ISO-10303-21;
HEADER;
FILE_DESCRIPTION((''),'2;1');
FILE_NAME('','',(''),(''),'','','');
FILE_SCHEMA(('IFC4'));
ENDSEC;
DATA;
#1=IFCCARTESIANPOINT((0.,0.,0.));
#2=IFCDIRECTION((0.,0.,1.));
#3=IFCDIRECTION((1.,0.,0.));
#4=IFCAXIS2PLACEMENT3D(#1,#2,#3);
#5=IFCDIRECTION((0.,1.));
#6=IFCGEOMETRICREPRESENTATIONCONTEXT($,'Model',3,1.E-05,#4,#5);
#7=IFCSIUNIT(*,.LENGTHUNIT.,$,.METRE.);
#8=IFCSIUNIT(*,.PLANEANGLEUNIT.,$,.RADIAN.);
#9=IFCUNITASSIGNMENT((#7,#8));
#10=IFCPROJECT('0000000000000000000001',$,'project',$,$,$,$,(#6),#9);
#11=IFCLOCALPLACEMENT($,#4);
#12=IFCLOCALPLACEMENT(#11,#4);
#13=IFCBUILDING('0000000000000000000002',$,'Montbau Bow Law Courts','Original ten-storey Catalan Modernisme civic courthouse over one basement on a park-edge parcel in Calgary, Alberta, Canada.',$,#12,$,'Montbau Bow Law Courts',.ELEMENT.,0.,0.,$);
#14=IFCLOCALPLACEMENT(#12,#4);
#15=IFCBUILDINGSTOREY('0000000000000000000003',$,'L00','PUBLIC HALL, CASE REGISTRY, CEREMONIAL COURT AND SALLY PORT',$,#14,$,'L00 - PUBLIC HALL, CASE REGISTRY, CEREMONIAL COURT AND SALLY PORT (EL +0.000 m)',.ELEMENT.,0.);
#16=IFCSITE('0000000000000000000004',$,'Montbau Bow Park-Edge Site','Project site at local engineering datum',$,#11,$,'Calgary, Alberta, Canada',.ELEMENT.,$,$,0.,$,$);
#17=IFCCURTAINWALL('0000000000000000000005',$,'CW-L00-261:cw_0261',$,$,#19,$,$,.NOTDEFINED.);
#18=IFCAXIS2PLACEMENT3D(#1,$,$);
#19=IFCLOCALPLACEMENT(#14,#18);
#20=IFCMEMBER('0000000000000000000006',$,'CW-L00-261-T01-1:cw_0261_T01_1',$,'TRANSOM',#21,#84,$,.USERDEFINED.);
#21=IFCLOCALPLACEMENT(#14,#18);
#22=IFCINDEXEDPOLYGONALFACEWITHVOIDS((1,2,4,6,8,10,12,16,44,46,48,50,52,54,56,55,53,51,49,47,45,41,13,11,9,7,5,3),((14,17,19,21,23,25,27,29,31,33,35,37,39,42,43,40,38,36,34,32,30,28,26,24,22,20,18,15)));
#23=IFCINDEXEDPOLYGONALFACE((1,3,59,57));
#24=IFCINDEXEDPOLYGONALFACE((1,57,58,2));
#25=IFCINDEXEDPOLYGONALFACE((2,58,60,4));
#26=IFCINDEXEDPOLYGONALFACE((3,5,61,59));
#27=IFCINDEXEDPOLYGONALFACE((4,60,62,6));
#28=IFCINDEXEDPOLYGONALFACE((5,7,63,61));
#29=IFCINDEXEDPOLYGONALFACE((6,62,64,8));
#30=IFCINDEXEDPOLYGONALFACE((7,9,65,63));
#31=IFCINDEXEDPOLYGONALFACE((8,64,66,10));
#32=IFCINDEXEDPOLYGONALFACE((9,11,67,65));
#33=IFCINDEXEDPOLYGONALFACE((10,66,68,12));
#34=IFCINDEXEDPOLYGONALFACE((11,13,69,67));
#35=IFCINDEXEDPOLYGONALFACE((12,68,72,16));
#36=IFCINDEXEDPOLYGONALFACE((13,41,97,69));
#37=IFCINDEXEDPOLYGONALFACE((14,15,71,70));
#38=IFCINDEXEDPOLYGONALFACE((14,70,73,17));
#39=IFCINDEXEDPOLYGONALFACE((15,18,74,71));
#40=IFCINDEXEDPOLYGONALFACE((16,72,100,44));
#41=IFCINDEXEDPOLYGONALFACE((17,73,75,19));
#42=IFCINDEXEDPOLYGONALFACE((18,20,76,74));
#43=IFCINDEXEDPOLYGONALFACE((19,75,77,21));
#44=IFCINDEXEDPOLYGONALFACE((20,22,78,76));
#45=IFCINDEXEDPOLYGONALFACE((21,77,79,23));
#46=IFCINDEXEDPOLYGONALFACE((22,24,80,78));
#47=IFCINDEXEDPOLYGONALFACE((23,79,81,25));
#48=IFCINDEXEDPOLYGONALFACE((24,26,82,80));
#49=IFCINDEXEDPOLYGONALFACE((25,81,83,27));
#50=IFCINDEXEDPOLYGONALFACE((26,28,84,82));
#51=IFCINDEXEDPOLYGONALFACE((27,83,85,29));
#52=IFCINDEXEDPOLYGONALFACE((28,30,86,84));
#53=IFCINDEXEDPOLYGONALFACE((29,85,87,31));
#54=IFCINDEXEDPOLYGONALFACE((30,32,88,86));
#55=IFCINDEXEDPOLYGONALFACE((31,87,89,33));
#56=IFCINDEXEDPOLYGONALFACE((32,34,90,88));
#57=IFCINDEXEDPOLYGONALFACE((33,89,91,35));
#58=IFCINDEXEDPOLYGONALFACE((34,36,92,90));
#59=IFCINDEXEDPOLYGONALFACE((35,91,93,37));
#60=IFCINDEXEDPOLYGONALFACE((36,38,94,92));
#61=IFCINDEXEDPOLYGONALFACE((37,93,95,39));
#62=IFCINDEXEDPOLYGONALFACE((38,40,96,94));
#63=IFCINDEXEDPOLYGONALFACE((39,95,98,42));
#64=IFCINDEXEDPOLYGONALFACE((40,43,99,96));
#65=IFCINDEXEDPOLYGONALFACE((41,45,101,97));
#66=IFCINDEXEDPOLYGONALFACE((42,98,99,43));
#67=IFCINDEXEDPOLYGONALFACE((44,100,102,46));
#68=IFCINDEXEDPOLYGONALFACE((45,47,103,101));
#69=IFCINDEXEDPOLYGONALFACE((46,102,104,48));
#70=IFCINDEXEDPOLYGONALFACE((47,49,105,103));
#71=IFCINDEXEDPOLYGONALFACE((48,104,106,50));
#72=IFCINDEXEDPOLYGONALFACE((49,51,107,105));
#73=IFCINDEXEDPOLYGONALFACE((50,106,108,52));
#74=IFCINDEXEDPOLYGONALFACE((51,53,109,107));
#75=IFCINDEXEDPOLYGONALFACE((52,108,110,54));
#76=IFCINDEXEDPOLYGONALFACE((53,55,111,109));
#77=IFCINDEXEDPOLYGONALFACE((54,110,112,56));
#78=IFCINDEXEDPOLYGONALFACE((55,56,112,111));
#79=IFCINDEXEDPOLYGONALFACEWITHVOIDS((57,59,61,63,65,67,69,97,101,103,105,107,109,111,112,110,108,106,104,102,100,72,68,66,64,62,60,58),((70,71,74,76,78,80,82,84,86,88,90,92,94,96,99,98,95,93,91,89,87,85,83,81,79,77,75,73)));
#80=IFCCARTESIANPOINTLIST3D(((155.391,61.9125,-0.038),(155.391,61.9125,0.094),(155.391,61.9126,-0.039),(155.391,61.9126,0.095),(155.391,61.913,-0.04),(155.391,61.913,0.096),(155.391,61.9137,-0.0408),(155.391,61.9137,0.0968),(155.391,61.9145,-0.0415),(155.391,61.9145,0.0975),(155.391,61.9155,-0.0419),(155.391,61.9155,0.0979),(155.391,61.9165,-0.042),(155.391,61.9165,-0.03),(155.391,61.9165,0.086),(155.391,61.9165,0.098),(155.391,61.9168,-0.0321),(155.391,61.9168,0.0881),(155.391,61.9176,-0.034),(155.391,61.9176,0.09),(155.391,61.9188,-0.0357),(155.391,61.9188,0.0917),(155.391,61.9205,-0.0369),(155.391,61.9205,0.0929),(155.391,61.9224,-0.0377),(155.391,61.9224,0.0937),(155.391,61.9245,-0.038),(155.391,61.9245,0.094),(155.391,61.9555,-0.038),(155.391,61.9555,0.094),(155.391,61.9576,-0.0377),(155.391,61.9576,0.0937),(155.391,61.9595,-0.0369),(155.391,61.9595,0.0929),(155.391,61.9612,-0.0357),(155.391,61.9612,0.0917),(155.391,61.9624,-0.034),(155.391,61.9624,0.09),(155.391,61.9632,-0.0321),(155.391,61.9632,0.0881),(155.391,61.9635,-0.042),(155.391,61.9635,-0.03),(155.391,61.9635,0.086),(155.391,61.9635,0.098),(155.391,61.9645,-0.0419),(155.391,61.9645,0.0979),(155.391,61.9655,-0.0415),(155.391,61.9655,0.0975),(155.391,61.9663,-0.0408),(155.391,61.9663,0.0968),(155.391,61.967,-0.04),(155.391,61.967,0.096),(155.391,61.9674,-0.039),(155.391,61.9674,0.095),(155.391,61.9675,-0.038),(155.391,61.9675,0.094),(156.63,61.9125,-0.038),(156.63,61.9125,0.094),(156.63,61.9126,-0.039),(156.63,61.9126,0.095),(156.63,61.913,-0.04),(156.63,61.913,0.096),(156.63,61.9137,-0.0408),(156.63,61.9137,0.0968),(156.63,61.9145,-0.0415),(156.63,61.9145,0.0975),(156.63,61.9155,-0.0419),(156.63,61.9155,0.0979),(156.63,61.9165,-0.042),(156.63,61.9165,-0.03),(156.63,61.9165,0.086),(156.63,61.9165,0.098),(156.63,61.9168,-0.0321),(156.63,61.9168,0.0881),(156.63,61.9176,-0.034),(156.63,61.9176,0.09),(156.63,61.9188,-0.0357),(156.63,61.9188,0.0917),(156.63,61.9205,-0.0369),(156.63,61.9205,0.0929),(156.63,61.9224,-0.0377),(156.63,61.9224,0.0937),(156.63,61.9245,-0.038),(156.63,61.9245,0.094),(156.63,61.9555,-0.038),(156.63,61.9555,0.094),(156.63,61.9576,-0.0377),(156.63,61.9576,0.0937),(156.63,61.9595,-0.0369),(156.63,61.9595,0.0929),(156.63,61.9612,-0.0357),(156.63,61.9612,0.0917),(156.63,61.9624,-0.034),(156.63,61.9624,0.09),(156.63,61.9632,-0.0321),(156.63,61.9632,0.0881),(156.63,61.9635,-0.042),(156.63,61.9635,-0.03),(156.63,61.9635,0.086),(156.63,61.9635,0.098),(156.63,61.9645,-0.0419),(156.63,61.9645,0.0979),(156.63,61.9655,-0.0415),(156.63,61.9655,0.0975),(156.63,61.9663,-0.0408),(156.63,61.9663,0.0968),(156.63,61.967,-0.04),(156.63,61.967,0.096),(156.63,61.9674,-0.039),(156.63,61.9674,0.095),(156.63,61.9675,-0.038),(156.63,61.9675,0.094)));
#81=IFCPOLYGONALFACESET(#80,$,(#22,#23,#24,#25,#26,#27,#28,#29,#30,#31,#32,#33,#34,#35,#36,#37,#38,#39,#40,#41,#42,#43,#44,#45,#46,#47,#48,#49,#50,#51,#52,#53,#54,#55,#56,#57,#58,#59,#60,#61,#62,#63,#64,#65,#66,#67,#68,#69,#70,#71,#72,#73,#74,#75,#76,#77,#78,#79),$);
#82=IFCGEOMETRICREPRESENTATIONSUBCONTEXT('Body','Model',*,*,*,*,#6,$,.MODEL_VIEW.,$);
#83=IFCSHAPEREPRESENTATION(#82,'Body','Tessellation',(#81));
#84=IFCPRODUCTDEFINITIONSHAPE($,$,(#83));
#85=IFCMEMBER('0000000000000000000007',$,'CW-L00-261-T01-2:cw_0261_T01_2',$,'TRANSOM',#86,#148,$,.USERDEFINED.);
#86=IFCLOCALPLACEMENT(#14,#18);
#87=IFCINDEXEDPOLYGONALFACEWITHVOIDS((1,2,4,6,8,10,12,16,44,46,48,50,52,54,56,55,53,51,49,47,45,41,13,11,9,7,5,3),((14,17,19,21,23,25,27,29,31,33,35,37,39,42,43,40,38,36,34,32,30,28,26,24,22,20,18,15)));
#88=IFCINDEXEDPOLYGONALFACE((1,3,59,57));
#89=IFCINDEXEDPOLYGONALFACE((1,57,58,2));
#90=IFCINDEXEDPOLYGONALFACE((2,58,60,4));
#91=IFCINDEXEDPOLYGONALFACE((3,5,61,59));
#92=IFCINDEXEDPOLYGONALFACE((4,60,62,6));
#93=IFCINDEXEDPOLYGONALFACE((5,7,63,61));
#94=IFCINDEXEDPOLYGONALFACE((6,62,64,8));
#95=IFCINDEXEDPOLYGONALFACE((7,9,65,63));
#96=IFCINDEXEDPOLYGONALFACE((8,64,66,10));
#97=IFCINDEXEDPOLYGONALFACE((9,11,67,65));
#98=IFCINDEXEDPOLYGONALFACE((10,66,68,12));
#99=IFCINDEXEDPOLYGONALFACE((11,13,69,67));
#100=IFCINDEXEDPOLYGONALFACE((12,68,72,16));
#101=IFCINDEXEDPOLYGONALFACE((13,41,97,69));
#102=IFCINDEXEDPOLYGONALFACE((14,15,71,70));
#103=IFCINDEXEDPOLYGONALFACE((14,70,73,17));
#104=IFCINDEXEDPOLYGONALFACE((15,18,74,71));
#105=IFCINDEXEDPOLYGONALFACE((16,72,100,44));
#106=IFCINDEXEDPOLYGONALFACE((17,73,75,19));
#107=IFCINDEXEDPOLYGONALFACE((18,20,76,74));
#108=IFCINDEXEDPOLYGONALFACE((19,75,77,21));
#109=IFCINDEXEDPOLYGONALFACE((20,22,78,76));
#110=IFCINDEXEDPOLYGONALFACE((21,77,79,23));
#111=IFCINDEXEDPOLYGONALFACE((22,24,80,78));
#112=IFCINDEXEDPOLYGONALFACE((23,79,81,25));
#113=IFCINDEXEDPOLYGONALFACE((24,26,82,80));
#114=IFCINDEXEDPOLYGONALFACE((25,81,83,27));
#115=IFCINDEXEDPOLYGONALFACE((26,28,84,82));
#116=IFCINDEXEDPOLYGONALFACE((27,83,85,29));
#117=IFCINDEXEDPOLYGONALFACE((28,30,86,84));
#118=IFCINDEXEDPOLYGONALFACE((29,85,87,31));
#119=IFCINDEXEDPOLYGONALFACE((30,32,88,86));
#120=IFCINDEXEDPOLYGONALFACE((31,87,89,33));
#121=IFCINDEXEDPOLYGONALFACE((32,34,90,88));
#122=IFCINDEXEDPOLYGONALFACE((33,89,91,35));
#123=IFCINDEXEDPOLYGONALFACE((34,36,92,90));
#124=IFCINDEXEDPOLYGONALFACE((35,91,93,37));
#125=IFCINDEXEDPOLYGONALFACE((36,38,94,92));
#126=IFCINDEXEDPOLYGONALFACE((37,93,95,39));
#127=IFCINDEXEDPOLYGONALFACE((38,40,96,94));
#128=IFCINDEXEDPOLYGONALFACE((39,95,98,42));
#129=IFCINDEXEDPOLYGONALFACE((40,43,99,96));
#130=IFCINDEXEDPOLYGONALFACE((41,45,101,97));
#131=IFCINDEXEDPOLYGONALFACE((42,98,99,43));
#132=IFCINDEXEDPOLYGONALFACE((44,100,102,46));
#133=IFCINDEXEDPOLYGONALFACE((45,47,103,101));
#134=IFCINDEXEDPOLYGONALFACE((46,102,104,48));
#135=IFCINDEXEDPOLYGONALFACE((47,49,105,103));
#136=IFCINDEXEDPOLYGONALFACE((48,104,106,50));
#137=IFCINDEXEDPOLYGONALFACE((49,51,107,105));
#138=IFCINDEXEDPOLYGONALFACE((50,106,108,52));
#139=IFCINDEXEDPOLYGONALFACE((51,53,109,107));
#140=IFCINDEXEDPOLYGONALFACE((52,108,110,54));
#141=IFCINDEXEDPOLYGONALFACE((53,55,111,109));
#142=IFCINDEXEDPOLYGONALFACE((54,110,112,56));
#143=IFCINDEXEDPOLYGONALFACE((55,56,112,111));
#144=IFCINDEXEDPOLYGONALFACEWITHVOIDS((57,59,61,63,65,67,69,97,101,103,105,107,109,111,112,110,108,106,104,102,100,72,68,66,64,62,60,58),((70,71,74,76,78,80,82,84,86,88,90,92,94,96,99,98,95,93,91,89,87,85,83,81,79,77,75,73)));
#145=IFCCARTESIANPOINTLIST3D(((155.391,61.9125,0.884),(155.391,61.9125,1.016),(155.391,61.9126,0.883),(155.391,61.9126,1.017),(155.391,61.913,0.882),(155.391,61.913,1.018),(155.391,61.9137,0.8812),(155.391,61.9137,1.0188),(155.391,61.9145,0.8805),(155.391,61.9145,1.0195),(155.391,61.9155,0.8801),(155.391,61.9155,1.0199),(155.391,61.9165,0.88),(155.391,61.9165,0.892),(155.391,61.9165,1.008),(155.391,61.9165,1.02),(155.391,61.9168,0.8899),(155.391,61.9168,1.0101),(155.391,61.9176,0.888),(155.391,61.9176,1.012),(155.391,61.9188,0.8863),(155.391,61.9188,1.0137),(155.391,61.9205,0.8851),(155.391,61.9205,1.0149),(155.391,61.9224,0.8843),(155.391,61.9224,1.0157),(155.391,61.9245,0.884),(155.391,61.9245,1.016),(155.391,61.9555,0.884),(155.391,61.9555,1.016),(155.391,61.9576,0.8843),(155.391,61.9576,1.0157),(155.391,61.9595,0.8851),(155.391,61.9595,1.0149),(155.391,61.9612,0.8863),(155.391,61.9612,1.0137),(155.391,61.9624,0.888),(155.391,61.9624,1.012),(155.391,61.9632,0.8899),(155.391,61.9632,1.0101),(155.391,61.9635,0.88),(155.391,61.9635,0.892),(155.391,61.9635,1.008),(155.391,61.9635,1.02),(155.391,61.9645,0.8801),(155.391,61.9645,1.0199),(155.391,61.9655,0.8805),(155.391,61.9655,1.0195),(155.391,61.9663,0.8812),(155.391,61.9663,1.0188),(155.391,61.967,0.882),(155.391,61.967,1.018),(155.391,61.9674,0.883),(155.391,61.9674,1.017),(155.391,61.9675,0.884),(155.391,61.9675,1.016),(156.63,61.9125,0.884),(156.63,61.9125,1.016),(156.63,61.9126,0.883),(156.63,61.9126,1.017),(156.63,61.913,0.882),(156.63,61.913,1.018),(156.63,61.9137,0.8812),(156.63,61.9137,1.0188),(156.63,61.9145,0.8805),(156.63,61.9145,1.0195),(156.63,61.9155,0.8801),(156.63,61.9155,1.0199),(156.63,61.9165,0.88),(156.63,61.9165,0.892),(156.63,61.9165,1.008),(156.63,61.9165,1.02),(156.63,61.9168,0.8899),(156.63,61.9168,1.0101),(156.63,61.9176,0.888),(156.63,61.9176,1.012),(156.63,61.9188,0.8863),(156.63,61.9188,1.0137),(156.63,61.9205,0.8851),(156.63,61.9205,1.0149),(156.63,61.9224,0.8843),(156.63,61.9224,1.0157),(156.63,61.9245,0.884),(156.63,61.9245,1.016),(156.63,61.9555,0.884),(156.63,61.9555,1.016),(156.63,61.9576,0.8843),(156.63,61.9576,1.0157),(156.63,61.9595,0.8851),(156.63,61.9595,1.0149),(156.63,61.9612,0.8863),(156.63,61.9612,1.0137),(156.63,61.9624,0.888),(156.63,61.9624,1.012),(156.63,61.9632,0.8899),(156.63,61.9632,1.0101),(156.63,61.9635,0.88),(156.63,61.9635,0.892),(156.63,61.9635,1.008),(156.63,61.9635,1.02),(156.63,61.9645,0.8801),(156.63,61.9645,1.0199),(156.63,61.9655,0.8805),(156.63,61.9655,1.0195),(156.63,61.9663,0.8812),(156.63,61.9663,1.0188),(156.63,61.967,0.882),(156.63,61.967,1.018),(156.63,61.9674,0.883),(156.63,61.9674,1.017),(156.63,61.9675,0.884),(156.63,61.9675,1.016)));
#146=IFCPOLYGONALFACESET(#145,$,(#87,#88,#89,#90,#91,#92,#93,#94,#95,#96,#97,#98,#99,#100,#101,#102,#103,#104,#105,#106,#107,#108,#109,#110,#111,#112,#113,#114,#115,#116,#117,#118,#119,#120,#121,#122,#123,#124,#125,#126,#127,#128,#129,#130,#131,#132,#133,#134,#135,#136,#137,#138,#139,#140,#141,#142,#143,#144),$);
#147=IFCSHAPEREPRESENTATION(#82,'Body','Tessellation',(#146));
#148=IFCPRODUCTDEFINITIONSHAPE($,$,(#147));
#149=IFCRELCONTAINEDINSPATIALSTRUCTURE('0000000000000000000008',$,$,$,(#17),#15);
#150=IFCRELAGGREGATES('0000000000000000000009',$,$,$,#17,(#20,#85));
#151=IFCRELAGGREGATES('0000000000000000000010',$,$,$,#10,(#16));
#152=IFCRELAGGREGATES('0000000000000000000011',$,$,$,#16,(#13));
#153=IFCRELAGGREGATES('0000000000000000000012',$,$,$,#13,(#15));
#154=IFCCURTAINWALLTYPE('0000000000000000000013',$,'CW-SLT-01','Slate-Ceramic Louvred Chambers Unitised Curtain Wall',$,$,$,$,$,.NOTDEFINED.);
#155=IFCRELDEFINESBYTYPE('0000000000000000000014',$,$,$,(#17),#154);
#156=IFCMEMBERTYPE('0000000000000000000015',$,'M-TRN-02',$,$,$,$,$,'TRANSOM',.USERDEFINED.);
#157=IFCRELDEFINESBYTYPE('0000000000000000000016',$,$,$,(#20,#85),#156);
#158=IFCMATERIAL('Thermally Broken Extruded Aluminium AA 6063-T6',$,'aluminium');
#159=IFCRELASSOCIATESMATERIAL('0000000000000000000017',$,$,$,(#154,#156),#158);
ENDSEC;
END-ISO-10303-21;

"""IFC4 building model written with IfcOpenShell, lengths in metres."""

from ifc_helpers import new_model, si_unit, direction, frame, origin_with_axes, origin_2d_with_axis, place, context, subcontext, project, spatial, hollow_rectangle, extrude, material, material_profile, profile_set, type_object, element, aggregate, save


model = new_model("IFC4")

# Units and contexts
model_context = context("Model", 3, precision=1e-05, world=origin_with_axes(), true_north=direction((0.0, 1.0)))
body_context = subcontext(model_context, "Body", "Model", "MODEL_VIEW")
ifc_project = project(units=[si_unit("LENGTHUNIT", "METRE"), si_unit("PLANEANGLEUNIT", "RADIAN")], contexts=[model_context])

# Site, building, storey
site_placement = place(None, origin_with_axes())
site = spatial("IfcSite", under=ifc_project, at=site_placement, Name="Montbau Bow Park-Edge Site", Description="Project site at local engineering datum", LongName="Calgary, Alberta, Canada", CompositionType="ELEMENT", RefElevation=0.0)
building_placement = place(site_placement, origin_with_axes())
building = spatial("IfcBuilding", under=site, at=building_placement, Name="Montbau Bow Law Courts", Description="Original ten-storey Catalan Modernisme civic courthouse over one basement on a park-edge parcel in Calgary, Alberta, Canada.", LongName="Montbau Bow Law Courts", CompositionType="ELEMENT", ElevationOfRefHeight=0.0, ElevationOfTerrain=0.0)
storey_placement = place(building_placement, origin_with_axes())
storey = spatial("IfcBuildingStorey", under=building, at=storey_placement, Name="L00", Description="PUBLIC HALL, CASE REGISTRY, CEREMONIAL COURT AND SALLY PORT", LongName="L00 - PUBLIC HALL, CASE REGISTRY, CEREMONIAL COURT AND SALLY PORT (EL +0.000 m)", CompositionType="ELEMENT", Elevation=0.0)

# Curtain wall
ifc_material_1 = material(Name="Thermally Broken Extruded Aluminium AA 6063-T6", Category="aluminium")
curtain_wall_type = type_object("IfcCurtainWallType", Name="CW-SLT-01", Description="Slate-Ceramic Louvred Chambers Unitised Curtain Wall", PredefinedType="NOTDEFINED", material=ifc_material_1)
curtain_wall_1_placement = place(None, frame((155.315, 61.94, 0.0), z_axis=(0.0, 0.0, 1.0), x_axis=(1.0, 0.0, 0.0)))
curtain_wall_1 = element("IfcCurtainWall", 1, at=curtain_wall_1_placement, inside=storey, type_object=curtain_wall_type, Name="CW-L00-261:cw_0261", PredefinedType="NOTDEFINED")

# Members
ifc_material_profile_1 = material_profile(ifc_material_1, hollow_rectangle(XDim=0.055, YDim=0.14, WallThickness=0.004, InnerFilletRadius=0.008, OuterFilletRadius=0.004, at=origin_2d_with_axis()), Name="CWT-140X55", Category="Main", Priority=0)
ifc_profile_set_1 = profile_set([ifc_material_profile_1], Name="Thermally Broken Extruded Aluminium AA 6063-T6")
member_type_1 = type_object("IfcMemberType", Name="M-TRN-02", ElementType="TRANSOM", PredefinedType="USERDEFINED", material=ifc_profile_set_1)
member_1_placement = place(None, frame((155.391, 61.94, 0.028), z_axis=(1.0, 0.0, 0.0), x_axis=(0.0, 1.0, 0.0)))
member_1 = element("IfcMember", 2, at=member_1_placement, type_object=member_type_1, Name="CW-L00-261-T01-1:cw_0261_T01_1", ObjectType="TRANSOM", PredefinedType="USERDEFINED", context=body_context, shape_type="SweptSolid", body=[
    extrude(hollow_rectangle(XDim=0.055, YDim=0.14, WallThickness=0.004, InnerFilletRadius=0.008, OuterFilletRadius=0.004, at=origin_2d_with_axis()), origin_with_axes(), (0.0, 0.0, 1.0), 1.239),
])
member_2_placement = place(None, frame((155.391, 61.94, 0.95), z_axis=(1.0, 0.0, 0.0), x_axis=(0.0, 1.0, 0.0)))
member_2 = element("IfcMember", 3, at=member_2_placement, type_object=member_type_1, Name="CW-L00-261-T01-2:cw_0261_T01_2", ObjectType="TRANSOM", PredefinedType="USERDEFINED", context=body_context, shape_type="SweptSolid", body=[
    extrude(hollow_rectangle(XDim=0.055, YDim=0.14, WallThickness=0.004, InnerFilletRadius=0.008, OuterFilletRadius=0.004, at=origin_2d_with_axis()), origin_with_axes(), (0.0, 0.0, 1.0), 1.239),
])

aggregate(curtain_wall_1, [member_1, member_2])

save(model, "model.ifc")
